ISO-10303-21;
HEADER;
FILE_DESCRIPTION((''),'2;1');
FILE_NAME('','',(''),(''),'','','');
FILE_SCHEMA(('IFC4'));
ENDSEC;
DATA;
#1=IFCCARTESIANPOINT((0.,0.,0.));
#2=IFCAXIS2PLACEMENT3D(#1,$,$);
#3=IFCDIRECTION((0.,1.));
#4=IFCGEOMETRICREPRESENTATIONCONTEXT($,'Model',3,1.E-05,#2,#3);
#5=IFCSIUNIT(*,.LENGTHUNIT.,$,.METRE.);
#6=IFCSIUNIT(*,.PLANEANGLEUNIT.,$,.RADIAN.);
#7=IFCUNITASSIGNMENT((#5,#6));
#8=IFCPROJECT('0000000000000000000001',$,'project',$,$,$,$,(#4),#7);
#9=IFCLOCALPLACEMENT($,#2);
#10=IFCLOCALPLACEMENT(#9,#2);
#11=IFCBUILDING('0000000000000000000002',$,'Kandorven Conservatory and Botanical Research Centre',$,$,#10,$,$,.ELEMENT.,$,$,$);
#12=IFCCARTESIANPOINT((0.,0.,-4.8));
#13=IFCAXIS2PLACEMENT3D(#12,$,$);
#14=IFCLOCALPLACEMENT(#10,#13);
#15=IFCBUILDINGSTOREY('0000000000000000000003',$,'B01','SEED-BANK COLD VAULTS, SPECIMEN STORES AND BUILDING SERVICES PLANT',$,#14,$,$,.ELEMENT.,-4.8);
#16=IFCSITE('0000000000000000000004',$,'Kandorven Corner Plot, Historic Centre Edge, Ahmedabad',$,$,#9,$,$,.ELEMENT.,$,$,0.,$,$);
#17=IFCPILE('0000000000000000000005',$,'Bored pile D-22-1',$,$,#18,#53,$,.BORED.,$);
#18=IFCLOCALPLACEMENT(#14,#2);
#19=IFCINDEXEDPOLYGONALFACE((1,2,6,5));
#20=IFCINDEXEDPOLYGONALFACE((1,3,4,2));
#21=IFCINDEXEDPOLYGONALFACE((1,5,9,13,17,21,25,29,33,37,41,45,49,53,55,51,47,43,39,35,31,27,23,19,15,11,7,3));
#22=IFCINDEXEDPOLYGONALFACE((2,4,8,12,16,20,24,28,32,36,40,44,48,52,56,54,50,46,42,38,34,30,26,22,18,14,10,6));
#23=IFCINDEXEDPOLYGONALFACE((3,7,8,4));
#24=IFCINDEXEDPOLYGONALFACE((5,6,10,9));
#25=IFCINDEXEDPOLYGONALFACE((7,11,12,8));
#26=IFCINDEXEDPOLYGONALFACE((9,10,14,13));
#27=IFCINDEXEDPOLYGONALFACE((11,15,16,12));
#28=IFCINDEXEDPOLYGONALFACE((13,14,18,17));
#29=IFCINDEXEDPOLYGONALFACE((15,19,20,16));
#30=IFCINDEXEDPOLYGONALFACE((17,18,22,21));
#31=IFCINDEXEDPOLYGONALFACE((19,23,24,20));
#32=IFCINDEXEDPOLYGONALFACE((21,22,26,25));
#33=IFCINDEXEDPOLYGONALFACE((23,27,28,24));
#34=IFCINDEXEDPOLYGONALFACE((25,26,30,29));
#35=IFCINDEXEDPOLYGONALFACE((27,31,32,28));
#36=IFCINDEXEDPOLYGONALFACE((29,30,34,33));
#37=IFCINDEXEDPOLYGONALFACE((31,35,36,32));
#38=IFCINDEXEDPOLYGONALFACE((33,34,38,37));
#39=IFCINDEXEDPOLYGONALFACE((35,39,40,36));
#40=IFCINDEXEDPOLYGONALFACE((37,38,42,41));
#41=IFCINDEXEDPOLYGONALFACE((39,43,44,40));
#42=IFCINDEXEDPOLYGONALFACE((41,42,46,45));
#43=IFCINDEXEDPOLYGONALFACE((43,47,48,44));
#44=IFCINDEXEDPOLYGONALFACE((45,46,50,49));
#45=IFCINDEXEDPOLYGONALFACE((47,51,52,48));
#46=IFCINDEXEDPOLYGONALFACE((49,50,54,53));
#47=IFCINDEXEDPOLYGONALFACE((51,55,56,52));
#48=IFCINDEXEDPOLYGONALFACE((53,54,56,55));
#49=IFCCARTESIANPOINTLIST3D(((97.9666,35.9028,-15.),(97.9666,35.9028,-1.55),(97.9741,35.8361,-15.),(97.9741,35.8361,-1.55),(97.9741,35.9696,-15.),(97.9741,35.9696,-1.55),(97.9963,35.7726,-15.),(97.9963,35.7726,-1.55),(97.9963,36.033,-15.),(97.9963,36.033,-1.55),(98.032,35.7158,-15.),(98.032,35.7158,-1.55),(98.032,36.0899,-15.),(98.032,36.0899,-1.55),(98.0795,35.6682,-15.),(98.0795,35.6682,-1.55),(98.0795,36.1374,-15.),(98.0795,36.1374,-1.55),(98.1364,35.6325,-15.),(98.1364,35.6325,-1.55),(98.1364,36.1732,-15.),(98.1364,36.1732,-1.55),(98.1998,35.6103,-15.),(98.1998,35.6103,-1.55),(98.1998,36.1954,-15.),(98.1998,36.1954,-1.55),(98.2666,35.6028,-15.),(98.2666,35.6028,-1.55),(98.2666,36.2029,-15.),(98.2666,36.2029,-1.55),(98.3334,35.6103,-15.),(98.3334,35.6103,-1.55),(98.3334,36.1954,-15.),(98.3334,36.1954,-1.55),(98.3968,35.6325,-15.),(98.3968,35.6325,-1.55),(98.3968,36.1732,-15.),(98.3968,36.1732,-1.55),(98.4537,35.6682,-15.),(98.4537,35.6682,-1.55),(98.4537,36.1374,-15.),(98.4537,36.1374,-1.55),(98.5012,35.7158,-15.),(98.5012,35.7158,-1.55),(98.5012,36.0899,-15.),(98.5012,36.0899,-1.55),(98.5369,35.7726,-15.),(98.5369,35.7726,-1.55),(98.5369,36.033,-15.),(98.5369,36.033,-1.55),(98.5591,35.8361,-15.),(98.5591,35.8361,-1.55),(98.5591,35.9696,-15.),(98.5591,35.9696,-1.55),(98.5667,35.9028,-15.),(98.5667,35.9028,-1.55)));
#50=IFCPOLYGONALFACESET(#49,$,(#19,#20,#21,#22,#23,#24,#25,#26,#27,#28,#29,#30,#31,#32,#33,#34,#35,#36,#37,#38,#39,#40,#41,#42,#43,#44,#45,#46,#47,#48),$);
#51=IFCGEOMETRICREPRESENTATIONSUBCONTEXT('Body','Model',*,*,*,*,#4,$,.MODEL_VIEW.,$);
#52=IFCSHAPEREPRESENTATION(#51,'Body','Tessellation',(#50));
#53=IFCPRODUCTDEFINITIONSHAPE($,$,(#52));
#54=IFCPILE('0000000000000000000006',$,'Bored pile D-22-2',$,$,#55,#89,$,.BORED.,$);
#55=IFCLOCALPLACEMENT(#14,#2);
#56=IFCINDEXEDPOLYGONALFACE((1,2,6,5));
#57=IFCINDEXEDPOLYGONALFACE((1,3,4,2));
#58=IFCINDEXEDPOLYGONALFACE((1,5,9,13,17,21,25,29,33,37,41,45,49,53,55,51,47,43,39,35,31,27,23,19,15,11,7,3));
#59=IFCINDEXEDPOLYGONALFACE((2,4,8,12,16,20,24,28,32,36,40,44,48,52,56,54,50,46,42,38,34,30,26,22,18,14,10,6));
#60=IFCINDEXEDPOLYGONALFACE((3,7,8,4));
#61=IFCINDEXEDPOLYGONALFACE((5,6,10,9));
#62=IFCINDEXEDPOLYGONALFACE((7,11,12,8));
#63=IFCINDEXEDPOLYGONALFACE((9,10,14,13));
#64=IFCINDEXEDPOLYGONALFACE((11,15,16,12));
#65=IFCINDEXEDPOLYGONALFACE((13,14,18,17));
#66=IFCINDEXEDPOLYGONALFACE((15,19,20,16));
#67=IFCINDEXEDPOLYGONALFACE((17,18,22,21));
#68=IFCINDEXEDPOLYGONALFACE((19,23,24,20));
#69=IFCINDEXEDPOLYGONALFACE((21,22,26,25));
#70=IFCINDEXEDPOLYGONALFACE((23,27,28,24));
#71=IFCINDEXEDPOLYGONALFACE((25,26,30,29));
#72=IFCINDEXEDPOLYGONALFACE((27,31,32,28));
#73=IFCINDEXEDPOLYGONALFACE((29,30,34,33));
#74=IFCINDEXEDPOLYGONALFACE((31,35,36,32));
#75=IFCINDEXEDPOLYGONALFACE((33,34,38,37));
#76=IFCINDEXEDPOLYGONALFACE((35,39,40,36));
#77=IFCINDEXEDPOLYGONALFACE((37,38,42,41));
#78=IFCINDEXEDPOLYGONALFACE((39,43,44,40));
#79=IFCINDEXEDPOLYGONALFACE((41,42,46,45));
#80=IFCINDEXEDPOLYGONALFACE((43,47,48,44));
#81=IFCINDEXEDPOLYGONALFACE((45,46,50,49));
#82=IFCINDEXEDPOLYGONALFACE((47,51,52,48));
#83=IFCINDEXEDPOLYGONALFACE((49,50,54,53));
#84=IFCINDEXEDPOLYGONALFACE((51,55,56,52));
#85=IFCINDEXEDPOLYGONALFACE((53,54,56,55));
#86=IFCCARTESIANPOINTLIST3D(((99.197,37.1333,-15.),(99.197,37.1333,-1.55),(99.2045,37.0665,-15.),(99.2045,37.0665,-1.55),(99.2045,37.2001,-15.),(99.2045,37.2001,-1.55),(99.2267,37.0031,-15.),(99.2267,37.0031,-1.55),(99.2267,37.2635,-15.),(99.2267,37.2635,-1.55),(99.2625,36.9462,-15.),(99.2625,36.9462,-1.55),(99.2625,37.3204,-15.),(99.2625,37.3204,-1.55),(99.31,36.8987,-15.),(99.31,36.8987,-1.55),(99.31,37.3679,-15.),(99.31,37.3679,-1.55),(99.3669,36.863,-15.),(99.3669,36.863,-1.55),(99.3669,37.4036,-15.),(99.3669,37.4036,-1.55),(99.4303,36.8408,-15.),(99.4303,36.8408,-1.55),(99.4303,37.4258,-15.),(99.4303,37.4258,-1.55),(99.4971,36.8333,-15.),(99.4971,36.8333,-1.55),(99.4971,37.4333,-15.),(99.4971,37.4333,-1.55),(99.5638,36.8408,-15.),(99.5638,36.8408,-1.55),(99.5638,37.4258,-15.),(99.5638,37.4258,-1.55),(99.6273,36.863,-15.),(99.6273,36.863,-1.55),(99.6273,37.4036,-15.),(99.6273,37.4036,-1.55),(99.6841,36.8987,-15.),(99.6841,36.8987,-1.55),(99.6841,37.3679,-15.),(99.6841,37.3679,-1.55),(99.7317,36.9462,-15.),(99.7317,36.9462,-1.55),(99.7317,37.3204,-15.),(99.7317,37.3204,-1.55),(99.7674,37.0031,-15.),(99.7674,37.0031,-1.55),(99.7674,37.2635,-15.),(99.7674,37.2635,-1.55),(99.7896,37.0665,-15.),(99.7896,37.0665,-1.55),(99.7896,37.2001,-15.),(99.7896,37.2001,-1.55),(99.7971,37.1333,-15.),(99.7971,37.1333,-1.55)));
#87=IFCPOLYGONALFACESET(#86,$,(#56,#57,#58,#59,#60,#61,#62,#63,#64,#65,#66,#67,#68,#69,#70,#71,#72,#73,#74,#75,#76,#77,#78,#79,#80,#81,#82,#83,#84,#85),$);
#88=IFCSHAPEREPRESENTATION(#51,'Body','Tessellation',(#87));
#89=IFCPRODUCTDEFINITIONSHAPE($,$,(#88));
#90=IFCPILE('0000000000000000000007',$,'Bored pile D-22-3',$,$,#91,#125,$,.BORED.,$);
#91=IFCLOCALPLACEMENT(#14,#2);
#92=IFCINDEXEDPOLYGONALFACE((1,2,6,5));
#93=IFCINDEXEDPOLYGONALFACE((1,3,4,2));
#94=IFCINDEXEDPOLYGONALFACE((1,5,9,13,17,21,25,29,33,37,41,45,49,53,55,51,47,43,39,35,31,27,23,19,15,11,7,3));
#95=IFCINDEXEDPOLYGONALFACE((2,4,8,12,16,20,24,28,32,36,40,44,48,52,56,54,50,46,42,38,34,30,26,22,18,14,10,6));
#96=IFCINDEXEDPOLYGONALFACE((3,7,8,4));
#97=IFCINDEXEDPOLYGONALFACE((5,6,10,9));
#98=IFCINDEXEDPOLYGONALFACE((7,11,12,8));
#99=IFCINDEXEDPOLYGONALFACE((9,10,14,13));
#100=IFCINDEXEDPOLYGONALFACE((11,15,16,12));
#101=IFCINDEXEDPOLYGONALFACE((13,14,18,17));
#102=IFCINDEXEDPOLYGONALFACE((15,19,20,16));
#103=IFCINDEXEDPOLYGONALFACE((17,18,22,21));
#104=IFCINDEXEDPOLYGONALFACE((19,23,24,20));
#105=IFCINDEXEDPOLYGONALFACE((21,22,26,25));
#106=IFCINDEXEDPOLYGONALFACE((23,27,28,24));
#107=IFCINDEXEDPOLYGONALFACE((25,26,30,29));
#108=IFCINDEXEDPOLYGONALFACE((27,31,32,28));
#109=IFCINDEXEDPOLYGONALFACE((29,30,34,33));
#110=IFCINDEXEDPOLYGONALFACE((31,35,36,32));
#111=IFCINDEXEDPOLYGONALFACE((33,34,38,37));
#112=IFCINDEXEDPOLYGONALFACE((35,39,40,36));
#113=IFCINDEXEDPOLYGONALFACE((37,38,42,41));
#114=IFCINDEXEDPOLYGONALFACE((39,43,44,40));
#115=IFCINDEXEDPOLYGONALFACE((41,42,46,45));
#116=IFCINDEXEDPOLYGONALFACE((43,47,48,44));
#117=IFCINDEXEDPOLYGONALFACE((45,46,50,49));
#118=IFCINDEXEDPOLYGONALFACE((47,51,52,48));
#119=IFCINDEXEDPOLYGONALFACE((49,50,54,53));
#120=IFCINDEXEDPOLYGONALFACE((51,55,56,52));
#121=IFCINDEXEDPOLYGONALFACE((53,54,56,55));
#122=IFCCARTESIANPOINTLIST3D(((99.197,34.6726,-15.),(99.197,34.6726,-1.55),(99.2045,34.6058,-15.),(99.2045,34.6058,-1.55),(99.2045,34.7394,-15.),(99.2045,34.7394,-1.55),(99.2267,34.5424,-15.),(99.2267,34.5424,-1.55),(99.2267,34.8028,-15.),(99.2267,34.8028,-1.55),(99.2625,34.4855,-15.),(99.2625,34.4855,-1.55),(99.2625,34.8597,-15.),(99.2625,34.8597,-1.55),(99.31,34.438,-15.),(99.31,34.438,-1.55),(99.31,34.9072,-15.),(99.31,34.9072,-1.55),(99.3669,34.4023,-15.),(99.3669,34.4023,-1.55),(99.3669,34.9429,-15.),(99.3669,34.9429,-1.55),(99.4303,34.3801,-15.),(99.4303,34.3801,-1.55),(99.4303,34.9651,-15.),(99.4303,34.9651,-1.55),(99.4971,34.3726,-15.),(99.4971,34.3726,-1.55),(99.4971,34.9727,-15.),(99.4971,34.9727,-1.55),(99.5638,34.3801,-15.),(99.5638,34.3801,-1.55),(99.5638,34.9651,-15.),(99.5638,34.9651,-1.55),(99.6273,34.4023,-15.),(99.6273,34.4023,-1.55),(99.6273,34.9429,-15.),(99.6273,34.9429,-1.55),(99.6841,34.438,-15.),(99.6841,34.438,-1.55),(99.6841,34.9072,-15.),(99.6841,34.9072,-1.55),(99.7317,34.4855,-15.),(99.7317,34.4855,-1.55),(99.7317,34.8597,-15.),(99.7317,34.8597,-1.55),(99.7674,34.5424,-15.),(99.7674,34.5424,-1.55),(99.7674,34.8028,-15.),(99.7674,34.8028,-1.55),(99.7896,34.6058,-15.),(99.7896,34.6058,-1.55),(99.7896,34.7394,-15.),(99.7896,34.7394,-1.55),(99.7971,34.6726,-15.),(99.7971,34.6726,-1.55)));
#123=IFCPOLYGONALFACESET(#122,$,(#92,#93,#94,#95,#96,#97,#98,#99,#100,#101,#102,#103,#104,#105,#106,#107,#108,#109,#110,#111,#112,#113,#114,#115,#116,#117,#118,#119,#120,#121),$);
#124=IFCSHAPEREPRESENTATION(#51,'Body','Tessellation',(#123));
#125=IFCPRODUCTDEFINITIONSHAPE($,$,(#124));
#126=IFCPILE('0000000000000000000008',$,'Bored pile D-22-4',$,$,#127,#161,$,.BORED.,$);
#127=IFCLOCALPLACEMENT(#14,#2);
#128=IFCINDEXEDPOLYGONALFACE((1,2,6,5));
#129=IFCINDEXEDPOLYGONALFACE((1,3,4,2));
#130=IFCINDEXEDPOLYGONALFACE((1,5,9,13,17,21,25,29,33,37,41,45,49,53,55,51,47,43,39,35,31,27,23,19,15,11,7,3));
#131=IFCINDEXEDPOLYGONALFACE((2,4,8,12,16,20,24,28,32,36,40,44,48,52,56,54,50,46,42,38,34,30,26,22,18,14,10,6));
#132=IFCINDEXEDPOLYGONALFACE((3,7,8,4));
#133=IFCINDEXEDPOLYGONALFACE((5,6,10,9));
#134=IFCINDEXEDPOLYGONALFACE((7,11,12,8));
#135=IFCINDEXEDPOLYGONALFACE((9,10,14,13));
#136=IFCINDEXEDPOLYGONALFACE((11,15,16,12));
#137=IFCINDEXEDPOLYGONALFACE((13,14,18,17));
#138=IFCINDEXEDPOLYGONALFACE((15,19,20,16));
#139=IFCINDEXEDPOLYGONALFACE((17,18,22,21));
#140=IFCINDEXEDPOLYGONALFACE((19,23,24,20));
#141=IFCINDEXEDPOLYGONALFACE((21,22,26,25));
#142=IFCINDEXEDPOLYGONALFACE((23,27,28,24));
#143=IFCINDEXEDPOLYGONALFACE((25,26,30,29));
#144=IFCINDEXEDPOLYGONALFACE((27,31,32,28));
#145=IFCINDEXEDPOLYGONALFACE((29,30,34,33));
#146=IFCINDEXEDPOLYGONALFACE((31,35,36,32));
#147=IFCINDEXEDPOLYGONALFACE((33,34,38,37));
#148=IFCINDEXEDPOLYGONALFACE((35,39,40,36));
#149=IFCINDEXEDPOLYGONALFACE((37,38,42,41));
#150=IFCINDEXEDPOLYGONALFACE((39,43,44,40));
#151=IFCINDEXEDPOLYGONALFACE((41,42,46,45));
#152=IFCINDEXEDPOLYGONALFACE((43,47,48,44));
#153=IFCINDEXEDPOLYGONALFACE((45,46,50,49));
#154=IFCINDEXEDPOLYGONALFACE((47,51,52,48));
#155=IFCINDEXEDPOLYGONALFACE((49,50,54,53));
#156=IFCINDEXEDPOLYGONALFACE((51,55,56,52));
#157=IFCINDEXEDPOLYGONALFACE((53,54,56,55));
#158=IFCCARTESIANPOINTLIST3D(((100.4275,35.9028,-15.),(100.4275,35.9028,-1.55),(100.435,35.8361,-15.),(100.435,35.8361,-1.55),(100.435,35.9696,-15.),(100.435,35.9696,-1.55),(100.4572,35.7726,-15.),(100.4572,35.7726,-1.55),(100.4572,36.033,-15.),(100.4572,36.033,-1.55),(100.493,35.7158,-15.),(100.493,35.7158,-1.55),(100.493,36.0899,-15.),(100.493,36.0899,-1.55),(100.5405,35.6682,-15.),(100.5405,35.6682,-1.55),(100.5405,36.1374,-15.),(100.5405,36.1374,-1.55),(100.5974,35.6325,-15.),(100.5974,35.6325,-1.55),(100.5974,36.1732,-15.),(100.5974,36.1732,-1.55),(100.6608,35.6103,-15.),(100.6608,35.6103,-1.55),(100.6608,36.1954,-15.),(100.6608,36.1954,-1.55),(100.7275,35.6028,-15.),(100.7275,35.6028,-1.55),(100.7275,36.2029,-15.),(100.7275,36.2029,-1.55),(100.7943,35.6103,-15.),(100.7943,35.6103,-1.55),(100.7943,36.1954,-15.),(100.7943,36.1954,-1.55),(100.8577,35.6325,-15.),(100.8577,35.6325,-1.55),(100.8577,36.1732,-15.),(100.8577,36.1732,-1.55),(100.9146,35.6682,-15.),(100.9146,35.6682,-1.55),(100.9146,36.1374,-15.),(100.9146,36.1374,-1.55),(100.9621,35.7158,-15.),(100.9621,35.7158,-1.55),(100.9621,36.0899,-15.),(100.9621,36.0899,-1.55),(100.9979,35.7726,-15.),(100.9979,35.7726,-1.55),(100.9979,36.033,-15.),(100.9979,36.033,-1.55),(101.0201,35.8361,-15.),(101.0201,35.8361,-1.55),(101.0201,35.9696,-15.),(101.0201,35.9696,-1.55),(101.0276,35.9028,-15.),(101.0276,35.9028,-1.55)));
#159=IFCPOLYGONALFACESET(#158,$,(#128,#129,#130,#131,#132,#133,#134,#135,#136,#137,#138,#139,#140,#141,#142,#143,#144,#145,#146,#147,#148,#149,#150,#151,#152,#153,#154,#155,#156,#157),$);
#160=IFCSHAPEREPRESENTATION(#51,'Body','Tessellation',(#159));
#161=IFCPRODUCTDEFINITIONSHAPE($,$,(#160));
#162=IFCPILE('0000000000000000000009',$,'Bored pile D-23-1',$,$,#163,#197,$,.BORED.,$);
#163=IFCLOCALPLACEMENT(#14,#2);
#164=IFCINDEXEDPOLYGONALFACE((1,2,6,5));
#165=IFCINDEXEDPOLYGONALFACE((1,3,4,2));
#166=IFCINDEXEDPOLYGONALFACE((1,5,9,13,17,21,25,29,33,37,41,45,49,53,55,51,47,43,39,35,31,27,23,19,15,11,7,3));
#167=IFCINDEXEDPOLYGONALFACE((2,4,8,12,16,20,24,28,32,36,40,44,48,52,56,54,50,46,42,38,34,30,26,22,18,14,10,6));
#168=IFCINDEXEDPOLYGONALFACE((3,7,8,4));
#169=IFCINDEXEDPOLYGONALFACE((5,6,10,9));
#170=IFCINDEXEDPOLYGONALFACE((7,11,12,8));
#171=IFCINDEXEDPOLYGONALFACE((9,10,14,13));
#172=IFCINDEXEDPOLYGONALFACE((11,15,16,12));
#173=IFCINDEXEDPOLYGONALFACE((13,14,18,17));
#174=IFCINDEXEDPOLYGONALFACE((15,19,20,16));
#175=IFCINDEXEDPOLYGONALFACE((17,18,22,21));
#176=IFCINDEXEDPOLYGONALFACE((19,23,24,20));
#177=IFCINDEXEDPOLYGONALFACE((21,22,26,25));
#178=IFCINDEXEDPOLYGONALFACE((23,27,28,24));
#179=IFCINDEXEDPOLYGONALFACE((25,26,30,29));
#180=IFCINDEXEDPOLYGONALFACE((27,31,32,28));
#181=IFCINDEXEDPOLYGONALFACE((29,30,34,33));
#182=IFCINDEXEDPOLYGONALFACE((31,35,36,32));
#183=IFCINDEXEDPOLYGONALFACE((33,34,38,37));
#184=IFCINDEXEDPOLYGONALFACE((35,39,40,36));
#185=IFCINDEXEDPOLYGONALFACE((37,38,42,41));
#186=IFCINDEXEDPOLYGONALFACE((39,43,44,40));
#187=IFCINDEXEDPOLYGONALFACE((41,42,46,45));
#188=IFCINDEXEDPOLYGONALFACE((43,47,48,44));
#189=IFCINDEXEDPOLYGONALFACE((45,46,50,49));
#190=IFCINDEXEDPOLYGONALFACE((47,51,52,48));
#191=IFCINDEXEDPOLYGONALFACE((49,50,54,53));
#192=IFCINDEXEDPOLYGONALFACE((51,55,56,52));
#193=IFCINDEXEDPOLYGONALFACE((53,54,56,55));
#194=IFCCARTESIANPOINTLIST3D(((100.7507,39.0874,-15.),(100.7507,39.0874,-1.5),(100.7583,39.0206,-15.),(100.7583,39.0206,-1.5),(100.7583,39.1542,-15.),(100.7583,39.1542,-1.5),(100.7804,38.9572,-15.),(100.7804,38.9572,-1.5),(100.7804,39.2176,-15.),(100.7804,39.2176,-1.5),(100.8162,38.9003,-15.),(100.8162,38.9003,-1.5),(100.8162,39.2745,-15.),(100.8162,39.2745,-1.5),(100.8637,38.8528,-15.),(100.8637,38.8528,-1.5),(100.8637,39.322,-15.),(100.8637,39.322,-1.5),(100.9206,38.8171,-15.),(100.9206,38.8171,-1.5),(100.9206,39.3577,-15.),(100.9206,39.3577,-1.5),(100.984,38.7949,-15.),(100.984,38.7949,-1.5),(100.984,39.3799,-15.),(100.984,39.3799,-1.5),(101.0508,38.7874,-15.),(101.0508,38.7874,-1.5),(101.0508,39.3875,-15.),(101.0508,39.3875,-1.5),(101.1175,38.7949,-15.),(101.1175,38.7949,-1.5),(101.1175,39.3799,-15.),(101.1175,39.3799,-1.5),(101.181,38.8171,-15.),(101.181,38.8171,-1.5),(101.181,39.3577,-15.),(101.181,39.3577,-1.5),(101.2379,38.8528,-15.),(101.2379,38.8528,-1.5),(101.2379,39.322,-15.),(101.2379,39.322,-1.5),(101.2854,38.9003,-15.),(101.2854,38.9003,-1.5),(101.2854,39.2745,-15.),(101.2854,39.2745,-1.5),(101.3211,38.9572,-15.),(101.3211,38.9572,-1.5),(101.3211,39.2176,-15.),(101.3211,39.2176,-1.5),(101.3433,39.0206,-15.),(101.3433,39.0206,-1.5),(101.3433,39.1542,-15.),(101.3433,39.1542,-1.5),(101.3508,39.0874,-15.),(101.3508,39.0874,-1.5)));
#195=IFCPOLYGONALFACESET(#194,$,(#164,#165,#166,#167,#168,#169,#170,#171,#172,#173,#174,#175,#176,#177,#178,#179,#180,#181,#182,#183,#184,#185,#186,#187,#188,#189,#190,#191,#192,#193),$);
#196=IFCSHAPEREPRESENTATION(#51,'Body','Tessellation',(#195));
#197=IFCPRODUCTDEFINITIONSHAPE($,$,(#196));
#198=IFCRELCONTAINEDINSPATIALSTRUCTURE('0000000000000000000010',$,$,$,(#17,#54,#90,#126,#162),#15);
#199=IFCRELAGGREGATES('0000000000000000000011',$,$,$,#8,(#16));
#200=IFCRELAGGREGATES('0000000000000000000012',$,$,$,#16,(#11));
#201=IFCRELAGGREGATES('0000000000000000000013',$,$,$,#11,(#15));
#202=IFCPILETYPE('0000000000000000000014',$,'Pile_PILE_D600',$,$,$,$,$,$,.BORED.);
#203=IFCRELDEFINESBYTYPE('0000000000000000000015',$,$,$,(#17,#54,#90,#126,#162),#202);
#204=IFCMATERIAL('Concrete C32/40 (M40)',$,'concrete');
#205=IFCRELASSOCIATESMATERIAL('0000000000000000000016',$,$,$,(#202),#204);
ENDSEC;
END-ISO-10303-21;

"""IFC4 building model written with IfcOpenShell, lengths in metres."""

from ifc_helpers import new_model, si_unit, direction, frame, origin, origin_2d, place, context, subcontext, project, spatial, circle, extrude, material, material_profile, profile_set, type_object, element, save


model = new_model("IFC4")

# Units and contexts
model_context = context("Model", 3, precision=1e-05, world=origin(), true_north=direction((0.0, 1.0)))
body_context = subcontext(model_context, "Body", "Model", "MODEL_VIEW")
ifc_project = project(units=[si_unit("LENGTHUNIT", "METRE"), si_unit("PLANEANGLEUNIT", "RADIAN")], contexts=[model_context])

# Site, building, storey
site_placement = place(None, origin())
site = spatial("IfcSite", under=ifc_project, at=site_placement, Name="Kandorven Corner Plot, Historic Centre Edge, Ahmedabad", CompositionType="ELEMENT", RefElevation=0.0)
building_placement = place(site_placement, origin())
building = spatial("IfcBuilding", under=site, at=building_placement, Name="Kandorven Conservatory and Botanical Research Centre", CompositionType="ELEMENT")
storey_placement = place(building_placement, frame((0.0, 0.0, -4.8)))
storey = spatial("IfcBuildingStorey", under=building, at=storey_placement, Name="B01", Description="SEED-BANK COLD VAULTS, SPECIMEN STORES AND BUILDING SERVICES PLANT", CompositionType="ELEMENT", Elevation=-4.8)

# Piles
ifc_material_1 = material(Name="Concrete C32/40 (M40)", Category="concrete")
ifc_material_profile_1 = material_profile(ifc_material_1, circle(Radius=0.3, at=origin_2d()))
ifc_profile_set_1 = profile_set([ifc_material_profile_1], Name="Concrete C32/40 (M40)")
pile_type = type_object("IfcPileType", Name="Pile_PILE_D600", PredefinedType="BORED", material=ifc_profile_set_1)
for number, where, z_axis, x_axis, name in (
    (1, (98.2666, 35.9028, -1.55), (0.0, 0.0, -1.0), (1.0, 0.0, 0.0), "Bored pile D-22-1"),
    (2, (99.4971, 37.1333, -1.55), (0.0, 0.0, -1.0), (1.0, 0.0, 0.0), "Bored pile D-22-2"),
    (3, (99.4971, 34.6726, -1.55), (0.0, 0.0, -1.0), (1.0, 0.0, 0.0), "Bored pile D-22-3"),
    (4, (100.7275, 35.9028, -1.55), (0.0, 0.0, -1.0), (1.0, 0.0, 0.0), "Bored pile D-22-4"),
):
    element("IfcPile", number, at=place(storey_placement, frame(where, z_axis=z_axis, x_axis=x_axis)), inside=storey, type_object=pile_type, Name=name, PredefinedType="BORED", context=body_context, shape_type="SweptSolid", body=[
        extrude(circle(Radius=0.3, at=origin_2d()), origin(), (0.0, 0.0, 1.0), 13.45),
    ])
for number, where, z_axis, x_axis, name in (
    (5, (101.0508, 39.0874, -1.5), (0.0, 0.0, -1.0), (1.0, 0.0, 0.0), "Bored pile D-23-1"),
):
    element("IfcPile", number, at=place(storey_placement, frame(where, z_axis=z_axis, x_axis=x_axis)), inside=storey, type_object=pile_type, Name=name, PredefinedType="BORED", context=body_context, shape_type="SweptSolid", body=[
        extrude(circle(Radius=0.3, at=origin_2d()), origin(), (0.0, 0.0, 1.0), 13.5),
    ])

save(model, "model.ifc")
